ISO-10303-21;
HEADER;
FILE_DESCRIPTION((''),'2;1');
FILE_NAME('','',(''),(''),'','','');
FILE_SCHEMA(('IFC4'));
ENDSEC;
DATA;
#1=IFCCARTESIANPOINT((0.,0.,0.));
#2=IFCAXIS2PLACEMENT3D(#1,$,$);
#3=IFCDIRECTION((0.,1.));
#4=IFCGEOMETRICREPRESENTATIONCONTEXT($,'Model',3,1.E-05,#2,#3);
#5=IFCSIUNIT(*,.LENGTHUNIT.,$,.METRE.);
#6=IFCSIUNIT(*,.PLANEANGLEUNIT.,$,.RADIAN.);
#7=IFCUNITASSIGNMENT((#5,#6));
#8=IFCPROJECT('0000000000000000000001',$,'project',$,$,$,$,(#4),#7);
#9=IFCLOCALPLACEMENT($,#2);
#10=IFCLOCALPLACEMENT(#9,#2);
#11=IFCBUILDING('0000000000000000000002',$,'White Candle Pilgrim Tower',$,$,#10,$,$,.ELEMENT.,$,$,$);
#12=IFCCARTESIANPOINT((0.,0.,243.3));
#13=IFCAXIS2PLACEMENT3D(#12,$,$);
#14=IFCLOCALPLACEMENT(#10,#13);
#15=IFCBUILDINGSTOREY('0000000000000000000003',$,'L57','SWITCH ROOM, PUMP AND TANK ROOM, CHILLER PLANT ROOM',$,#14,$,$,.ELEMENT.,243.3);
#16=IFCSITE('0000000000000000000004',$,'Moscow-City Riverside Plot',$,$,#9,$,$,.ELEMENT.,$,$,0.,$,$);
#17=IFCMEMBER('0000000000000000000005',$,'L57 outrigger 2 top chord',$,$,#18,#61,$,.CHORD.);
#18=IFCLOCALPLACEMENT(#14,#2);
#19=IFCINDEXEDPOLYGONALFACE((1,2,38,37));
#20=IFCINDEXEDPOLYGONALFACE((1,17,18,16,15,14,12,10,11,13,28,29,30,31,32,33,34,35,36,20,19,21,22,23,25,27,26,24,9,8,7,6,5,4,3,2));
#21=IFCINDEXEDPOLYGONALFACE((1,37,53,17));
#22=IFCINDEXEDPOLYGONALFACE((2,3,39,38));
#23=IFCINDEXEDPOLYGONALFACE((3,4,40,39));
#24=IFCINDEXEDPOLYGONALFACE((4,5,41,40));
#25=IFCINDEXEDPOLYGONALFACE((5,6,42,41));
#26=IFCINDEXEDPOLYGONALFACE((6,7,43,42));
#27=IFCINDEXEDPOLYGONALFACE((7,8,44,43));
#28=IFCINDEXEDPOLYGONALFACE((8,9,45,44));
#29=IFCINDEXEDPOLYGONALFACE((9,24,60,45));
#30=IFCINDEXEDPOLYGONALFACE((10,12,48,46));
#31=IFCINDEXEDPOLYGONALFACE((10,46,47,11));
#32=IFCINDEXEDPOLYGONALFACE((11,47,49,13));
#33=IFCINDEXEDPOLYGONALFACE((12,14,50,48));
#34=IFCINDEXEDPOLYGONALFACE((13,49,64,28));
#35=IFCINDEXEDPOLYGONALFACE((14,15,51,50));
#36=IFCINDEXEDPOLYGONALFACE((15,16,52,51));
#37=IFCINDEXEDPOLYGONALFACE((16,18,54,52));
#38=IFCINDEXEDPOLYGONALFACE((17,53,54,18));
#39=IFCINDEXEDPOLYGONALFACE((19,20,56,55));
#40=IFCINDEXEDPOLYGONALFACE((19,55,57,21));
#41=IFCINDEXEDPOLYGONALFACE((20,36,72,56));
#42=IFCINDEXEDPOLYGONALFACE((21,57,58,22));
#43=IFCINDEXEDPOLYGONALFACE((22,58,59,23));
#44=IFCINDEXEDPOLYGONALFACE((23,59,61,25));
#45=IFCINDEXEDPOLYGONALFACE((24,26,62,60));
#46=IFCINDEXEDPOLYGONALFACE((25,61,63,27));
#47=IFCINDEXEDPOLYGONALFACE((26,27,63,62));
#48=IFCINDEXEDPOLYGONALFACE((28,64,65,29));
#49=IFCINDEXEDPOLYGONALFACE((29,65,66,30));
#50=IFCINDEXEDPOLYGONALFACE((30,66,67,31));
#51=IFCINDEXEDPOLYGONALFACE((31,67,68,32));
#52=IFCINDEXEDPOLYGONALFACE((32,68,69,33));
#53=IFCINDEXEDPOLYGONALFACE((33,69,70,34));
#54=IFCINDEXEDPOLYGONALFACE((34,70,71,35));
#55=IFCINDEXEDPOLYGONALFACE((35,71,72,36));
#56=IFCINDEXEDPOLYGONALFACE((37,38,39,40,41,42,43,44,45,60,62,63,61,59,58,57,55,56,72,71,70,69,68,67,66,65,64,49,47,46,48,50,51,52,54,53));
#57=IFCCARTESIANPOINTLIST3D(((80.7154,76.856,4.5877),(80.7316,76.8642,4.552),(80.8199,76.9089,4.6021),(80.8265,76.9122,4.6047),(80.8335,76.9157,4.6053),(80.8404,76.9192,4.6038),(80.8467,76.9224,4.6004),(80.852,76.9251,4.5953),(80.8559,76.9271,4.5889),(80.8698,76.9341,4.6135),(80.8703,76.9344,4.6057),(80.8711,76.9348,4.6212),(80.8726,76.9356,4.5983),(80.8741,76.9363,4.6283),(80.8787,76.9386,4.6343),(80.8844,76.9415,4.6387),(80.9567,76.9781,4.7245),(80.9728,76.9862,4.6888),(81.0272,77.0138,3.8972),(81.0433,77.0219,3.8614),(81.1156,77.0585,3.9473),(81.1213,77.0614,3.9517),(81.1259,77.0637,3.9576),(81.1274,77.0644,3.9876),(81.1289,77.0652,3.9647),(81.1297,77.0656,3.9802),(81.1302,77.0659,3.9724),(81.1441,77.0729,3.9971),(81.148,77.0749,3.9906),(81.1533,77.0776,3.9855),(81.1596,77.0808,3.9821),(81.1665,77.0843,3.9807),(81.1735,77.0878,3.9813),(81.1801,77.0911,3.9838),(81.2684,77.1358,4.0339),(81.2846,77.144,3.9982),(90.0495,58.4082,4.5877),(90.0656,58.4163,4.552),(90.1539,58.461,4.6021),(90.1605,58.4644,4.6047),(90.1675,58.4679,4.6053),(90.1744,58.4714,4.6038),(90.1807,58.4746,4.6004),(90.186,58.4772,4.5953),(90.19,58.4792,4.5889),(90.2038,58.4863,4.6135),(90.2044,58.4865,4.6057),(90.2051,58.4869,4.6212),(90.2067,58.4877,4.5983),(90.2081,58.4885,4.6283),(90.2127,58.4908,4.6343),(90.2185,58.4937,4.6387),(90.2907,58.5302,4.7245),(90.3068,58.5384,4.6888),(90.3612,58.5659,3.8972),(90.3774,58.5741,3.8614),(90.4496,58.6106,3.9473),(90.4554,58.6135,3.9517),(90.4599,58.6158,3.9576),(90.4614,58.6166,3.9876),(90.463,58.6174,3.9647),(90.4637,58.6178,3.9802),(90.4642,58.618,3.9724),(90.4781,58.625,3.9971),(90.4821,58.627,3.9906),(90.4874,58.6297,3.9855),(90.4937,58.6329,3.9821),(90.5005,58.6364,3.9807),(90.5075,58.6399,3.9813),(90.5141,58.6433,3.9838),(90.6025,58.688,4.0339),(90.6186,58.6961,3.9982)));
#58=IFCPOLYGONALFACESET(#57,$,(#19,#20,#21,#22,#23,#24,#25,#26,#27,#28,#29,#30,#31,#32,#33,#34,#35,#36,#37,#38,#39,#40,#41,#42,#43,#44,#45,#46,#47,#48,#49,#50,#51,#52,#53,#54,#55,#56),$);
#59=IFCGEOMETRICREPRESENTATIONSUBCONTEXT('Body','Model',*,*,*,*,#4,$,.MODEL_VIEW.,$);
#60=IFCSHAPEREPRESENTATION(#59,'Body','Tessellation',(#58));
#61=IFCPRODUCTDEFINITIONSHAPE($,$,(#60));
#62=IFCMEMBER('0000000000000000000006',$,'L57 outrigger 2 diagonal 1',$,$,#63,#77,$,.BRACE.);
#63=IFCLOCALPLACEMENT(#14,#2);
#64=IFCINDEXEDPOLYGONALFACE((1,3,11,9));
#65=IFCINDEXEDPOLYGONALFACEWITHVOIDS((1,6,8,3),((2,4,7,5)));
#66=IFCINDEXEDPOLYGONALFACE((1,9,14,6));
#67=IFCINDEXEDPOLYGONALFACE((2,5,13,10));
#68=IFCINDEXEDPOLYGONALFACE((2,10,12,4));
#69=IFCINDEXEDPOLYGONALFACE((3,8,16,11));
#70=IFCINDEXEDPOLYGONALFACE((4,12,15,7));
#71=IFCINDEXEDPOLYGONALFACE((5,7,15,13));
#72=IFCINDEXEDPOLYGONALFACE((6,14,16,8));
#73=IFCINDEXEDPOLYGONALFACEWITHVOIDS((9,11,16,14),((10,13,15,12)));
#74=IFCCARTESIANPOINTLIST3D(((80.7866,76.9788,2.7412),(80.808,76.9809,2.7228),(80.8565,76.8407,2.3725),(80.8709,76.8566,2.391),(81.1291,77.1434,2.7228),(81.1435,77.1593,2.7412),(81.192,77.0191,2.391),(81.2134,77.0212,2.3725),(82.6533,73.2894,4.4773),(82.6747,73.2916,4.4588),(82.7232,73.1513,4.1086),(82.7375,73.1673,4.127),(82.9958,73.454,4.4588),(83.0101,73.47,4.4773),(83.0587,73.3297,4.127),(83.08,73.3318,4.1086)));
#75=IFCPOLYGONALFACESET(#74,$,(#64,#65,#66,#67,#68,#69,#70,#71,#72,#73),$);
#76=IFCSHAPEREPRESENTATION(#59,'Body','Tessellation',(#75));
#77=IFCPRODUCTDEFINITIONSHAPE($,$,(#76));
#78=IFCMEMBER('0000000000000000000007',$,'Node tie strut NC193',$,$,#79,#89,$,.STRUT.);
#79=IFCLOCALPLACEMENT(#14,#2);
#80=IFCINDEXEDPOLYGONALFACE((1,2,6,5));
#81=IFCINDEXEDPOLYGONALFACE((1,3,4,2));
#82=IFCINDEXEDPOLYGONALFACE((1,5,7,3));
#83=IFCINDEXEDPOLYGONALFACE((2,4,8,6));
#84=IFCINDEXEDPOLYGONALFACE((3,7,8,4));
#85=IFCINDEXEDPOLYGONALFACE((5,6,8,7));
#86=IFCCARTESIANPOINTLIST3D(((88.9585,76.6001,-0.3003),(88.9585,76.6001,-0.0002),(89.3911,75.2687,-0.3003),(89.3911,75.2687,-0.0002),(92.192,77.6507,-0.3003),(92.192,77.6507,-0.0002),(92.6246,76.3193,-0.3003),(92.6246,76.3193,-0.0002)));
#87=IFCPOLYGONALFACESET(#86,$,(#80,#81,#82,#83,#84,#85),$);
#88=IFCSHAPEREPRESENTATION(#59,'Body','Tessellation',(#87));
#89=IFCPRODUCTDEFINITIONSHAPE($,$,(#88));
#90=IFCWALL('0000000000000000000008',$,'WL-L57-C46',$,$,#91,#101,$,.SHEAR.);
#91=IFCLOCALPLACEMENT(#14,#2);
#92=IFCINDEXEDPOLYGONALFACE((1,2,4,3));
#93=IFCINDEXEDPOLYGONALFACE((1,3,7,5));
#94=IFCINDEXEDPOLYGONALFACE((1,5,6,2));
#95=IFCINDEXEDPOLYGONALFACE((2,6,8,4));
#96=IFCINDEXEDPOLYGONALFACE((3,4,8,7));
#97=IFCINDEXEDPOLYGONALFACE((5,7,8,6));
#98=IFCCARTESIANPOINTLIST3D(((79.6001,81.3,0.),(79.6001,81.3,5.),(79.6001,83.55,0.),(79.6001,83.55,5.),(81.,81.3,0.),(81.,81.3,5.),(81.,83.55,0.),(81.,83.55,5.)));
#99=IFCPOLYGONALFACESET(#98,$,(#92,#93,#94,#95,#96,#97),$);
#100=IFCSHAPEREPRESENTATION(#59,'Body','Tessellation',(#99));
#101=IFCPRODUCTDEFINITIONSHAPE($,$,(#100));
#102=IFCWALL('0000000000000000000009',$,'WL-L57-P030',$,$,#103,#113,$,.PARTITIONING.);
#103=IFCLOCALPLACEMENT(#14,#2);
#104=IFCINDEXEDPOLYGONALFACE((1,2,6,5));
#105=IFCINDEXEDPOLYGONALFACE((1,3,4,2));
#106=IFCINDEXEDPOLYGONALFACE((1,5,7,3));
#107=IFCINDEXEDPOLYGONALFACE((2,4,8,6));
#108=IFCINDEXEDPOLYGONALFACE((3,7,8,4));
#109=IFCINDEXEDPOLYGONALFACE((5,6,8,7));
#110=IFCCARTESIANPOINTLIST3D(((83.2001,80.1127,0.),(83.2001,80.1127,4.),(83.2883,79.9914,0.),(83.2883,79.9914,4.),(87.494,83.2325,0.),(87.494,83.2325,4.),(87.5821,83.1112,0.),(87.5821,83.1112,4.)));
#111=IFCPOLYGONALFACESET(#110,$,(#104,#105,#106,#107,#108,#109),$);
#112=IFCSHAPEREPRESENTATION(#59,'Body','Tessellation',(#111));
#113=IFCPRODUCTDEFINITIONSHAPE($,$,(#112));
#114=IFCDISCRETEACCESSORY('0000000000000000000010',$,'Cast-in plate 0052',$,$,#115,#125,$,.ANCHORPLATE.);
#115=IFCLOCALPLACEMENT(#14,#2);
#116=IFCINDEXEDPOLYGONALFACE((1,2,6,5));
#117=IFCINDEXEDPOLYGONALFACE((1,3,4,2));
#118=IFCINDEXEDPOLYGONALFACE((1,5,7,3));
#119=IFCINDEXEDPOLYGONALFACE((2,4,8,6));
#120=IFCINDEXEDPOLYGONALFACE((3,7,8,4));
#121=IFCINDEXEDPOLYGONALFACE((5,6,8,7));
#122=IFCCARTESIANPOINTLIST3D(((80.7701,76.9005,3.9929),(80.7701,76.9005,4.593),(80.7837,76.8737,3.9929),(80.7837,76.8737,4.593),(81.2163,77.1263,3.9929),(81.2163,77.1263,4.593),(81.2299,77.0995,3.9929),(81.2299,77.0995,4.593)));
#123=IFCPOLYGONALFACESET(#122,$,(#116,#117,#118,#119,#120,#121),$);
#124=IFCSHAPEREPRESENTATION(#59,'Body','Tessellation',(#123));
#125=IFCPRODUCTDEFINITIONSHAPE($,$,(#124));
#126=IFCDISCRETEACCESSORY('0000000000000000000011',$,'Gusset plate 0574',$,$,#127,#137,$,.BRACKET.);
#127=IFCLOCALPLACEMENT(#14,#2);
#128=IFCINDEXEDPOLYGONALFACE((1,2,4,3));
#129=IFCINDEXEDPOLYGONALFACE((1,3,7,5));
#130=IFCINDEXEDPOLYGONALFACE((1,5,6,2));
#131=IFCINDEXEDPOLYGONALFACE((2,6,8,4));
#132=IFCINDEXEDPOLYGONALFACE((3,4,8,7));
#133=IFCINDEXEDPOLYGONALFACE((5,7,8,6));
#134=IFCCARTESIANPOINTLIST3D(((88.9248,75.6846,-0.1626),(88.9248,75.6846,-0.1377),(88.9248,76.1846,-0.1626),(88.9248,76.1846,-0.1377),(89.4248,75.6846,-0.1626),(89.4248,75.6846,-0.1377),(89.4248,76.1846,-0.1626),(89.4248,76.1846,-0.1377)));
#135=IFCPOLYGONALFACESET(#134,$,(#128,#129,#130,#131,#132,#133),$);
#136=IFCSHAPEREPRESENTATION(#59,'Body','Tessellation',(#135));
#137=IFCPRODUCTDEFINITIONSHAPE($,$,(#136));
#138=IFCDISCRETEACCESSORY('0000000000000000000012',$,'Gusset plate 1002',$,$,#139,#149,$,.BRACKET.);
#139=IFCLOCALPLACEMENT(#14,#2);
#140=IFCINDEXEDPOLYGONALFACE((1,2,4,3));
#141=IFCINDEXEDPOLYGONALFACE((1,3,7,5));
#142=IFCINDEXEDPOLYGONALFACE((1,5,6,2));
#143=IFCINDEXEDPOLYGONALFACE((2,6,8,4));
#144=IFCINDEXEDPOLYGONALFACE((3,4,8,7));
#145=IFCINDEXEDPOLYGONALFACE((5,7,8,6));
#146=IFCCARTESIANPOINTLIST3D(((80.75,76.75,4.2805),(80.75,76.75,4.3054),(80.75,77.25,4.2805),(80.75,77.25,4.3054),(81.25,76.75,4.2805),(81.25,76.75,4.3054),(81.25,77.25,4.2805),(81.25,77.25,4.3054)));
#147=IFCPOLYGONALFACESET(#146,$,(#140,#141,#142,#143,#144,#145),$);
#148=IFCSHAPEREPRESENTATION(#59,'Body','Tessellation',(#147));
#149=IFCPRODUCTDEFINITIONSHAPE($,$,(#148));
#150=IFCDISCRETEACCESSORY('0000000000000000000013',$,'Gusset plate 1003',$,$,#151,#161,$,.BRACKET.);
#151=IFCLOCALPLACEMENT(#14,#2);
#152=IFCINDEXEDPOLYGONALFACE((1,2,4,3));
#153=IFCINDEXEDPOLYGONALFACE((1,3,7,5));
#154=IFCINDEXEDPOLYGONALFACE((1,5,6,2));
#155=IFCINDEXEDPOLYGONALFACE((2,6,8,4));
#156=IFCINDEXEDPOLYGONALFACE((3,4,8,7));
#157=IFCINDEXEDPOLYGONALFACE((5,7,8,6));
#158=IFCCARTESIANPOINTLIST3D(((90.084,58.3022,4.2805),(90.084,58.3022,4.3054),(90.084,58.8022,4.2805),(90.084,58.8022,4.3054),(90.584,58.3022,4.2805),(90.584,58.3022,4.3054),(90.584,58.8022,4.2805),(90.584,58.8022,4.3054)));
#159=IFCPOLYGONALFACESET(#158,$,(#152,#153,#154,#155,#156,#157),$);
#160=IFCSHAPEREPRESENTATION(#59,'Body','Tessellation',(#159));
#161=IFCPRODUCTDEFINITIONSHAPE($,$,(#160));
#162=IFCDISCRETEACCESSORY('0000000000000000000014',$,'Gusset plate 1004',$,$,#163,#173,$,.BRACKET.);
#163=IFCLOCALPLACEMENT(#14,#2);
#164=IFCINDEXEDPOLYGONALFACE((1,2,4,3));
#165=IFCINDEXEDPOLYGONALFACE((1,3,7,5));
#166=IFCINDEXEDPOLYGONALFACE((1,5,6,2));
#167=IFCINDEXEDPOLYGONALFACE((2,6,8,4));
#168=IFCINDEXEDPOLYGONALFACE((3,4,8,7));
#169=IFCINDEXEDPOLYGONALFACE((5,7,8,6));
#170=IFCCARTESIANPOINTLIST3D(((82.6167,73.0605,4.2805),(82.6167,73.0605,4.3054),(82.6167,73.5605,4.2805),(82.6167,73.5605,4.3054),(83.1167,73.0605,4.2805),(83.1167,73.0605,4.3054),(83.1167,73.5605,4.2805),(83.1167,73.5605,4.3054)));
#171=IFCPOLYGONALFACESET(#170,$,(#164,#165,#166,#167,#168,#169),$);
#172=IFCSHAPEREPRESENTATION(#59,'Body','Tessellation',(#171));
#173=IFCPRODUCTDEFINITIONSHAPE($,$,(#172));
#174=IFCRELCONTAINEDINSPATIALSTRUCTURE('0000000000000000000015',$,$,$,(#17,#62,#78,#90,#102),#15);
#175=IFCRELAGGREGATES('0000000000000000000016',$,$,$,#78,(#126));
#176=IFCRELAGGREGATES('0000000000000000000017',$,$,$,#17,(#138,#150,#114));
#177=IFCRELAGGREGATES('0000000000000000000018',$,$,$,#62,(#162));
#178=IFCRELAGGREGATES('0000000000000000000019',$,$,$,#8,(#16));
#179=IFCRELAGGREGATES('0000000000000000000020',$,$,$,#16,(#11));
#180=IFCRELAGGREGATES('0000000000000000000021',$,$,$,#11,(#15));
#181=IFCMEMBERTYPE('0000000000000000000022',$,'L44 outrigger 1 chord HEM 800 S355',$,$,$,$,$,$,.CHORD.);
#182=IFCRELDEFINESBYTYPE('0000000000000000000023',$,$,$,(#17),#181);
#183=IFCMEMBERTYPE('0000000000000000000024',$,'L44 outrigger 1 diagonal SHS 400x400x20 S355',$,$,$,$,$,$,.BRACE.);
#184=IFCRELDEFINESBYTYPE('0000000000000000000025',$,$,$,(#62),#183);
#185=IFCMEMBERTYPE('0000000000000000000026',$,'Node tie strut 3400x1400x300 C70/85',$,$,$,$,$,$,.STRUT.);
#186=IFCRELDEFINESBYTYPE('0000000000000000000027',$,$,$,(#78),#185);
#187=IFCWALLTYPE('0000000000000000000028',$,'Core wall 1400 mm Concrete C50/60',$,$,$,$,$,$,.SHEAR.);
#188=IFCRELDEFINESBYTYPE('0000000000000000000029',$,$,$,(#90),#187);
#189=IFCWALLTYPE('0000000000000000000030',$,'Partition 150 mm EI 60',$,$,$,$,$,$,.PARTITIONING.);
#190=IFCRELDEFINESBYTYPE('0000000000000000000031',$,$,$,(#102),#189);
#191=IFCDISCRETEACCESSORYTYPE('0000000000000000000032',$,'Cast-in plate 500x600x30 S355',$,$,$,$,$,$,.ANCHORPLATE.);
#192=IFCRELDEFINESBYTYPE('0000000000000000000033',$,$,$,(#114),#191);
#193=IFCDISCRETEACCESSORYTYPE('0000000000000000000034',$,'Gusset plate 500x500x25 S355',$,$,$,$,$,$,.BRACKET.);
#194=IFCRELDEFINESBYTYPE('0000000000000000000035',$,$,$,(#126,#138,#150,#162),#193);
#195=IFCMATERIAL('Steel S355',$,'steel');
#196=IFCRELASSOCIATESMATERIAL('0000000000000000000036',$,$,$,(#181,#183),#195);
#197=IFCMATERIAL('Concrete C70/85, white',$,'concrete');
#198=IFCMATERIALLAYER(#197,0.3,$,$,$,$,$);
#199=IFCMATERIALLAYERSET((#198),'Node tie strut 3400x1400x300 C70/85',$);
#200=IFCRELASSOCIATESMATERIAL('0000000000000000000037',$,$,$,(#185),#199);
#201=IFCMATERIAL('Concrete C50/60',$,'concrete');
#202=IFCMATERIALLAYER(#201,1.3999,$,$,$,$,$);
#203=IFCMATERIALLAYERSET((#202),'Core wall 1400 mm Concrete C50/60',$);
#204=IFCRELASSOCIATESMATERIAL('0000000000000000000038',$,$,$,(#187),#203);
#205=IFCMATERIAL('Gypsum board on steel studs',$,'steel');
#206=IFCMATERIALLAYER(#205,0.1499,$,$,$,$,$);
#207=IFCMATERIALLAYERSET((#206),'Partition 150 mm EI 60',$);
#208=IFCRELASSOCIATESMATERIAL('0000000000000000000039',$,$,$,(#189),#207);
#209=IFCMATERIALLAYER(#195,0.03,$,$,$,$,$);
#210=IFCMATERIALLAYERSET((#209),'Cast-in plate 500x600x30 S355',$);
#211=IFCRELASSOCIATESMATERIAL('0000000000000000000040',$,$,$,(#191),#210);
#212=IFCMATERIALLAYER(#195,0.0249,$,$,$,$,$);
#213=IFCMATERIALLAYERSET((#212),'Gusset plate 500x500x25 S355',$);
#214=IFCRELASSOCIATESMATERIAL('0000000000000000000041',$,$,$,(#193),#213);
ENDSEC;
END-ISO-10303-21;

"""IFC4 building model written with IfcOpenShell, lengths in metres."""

from ifc_helpers import new_model, si_unit, direction, frame, frame_2d, origin, origin_2d, place, context, subcontext, project, spatial, rectangle, hollow_rectangle, i_section, extrude, material, layer, layer_set, material_profile, profile_set, type_object, element, aggregate, save


model = new_model("IFC4")

# Units and contexts
model_context = context("Model", 3, precision=1e-05, world=origin(), true_north=direction((0.0, 1.0)))
body_context = subcontext(model_context, "Body", "Model", "MODEL_VIEW")
ifc_project = project(units=[si_unit("LENGTHUNIT", "METRE"), si_unit("PLANEANGLEUNIT", "RADIAN")], contexts=[model_context])

# Site, building, storey
site_placement = place(None, origin())
site = spatial("IfcSite", under=ifc_project, at=site_placement, Name="Moscow-City Riverside Plot", CompositionType="ELEMENT", RefElevation=0.0)
building_placement = place(site_placement, origin())
building = spatial("IfcBuilding", under=site, at=building_placement, Name="White Candle Pilgrim Tower", CompositionType="ELEMENT")
storey_placement = place(building_placement, frame((0.0, 0.0, 243.3)))
storey = spatial("IfcBuildingStorey", under=building, at=storey_placement, Name="L57", Description="SWITCH ROOM, PUMP AND TANK ROOM, CHILLER PLANT ROOM", CompositionType="ELEMENT", Elevation=243.3)

# Members
ifc_material_1 = material(Name="Steel S355", Category="steel")
ifc_material_profile_1 = material_profile(ifc_material_1, i_section(OverallWidth=0.303, OverallDepth=0.814, WebThickness=0.021, FlangeThickness=0.04, FilletRadius=0.03, at=origin_2d()), Name="HEM 800")
ifc_profile_set_1 = profile_set([ifc_material_profile_1], Name="Steel S355")
member_type_1 = type_object("IfcMemberType", Name="L44 outrigger 1 chord HEM 800 S355", PredefinedType="CHORD", material=ifc_profile_set_1)
member_1_placement = place(storey_placement, frame((81.0, 77.0, 4.293), z_axis=(0.451469, -0.892287, 0.0), x_axis=(0.796173, 0.402839, 0.451475)))
member_1 = element("IfcMember", 1, at=member_1_placement, inside=storey, type_object=member_type_1, Name="L57 outrigger 2 top chord", PredefinedType="CHORD", context=body_context, shape_type="SweptSolid", body=[
    extrude(i_section(OverallWidth=0.303, OverallDepth=0.814, WebThickness=0.021, FlangeThickness=0.04, FilletRadius=0.03, at=origin_2d()), origin(), (0.0, 0.0, 1.0), 20.6748),
])
ifc_material_profile_2 = material_profile(ifc_material_1, hollow_rectangle(XDim=0.3999, YDim=0.3999, WallThickness=0.02, at=origin_2d()), Name="SHS 400x400x20")
ifc_profile_set_2 = profile_set([ifc_material_profile_2], Name="Steel S355")
member_type_2 = type_object("IfcMemberType", Name="L44 outrigger 1 diagonal SHS 400x400x20 S355", PredefinedType="BRACE", material=ifc_profile_set_2)
member_2_placement = place(storey_placement, frame((81.0, 77.0, 2.5569), z_axis=(0.416257, -0.822715, 0.387131), x_axis=(0.892291, 0.45146, 0.0)))
member_2 = element("IfcMember", 2, at=member_2_placement, inside=storey, type_object=member_type_2, Name="L57 outrigger 2 diagonal 1", PredefinedType="BRACE", context=body_context, shape_type="SweptSolid", body=[
    extrude(hollow_rectangle(XDim=0.3999, YDim=0.3999, WallThickness=0.02, at=origin_2d()), origin(), (0.0, 0.0, 1.0), 4.4844),
])
ifc_material_2 = material(Name="Concrete C70/85, white", Category="concrete")
ifc_layer_1 = layer(ifc_material_2, 0.3)
ifc_layer_set_1 = layer_set([ifc_layer_1], Name="Node tie strut 3400x1400x300 C70/85")
member_type_3 = type_object("IfcMemberType", Name="Node tie strut 3400x1400x300 C70/85", PredefinedType="STRUT", material=ifc_layer_set_1)
member_3_placement = place(storey_placement, frame((90.7915, 76.4597, -0.3003), z_axis=(0.0, 0.0, 1.0), x_axis=(-0.309017, 0.951057, 0.0)))
member_3 = element("IfcMember", 3, at=member_3_placement, inside=storey, type_object=member_type_3, Name="Node tie strut NC193", PredefinedType="STRUT", context=body_context, shape_type="SweptSolid", body=[
    extrude(rectangle(XDim=1.3999, YDim=3.3999, at=origin_2d()), origin(), (0.0, 0.0, 1.0), 0.3),
])

# Walls
ifc_material_3 = material(Name="Concrete C50/60", Category="concrete")
ifc_layer_2 = layer(ifc_material_3, 1.3999)
ifc_layer_set_2 = layer_set([ifc_layer_2], Name="Core wall 1400 mm Concrete C50/60")
wall_type_1 = type_object("IfcWallType", Name="Core wall 1400 mm Concrete C50/60", PredefinedType="SHEAR", material=ifc_layer_set_2)
wall_1_placement = place(storey_placement, frame((80.3, 81.3, 0.0), z_axis=(0.0, 0.0, 1.0), x_axis=(0.0, 1.0, 0.0)))
element("IfcWall", 4, at=wall_1_placement, inside=storey, type_object=wall_type_1, Name="WL-L57-C46", PredefinedType="SHEAR", context=body_context, shape_type="SweptSolid", body=[
    extrude(rectangle(XDim=2.25, YDim=1.3999, at=frame_2d((1.125, 0.0))), origin(), (0.0, 0.0, 1.0), 5.0),
])
ifc_material_4 = material(Name="Gypsum board on steel studs", Category="steel")
ifc_layer_3 = layer(ifc_material_4, 0.1499)
ifc_layer_set_3 = layer_set([ifc_layer_3], Name="Partition 150 mm EI 60")
wall_type_2 = type_object("IfcWallType", Name="Partition 150 mm EI 60", PredefinedType="PARTITIONING", material=ifc_layer_set_3)
wall_2_placement = place(storey_placement, frame((87.5381, 83.1719, 0.0), z_axis=(0.0, 0.0, 1.0), x_axis=(-0.809005, -0.587802, 0.0)))
element("IfcWall", 5, at=wall_2_placement, inside=storey, type_object=wall_type_2, Name="WL-L57-P030", PredefinedType="PARTITIONING", context=body_context, shape_type="SweptSolid", body=[
    extrude(rectangle(XDim=5.3076, YDim=0.1499, at=frame_2d((2.6538, 0.0))), origin(), (0.0, 0.0, 1.0), 4.0),
])

# Discrete accessories
ifc_layer_4 = layer(ifc_material_1, 0.03)
ifc_layer_set_4 = layer_set([ifc_layer_4], Name="Cast-in plate 500x600x30 S355")
discrete_accessory_type_1 = type_object("IfcDiscreteAccessoryType", Name="Cast-in plate 500x600x30 S355", PredefinedType="ANCHORPLATE", material=ifc_layer_set_4)
discrete_accessory_1_placement = place(storey_placement, frame((81.0, 77.0, 3.9929), z_axis=(0.0, 0.0, 1.0), x_axis=(0.451469, -0.892287, 0.0)))
discrete_accessory_1 = element("IfcDiscreteAccessory", 6, at=discrete_accessory_1_placement, type_object=discrete_accessory_type_1, Name="Cast-in plate 0052", PredefinedType="ANCHORPLATE", context=body_context, shape_type="SweptSolid", body=[
    extrude(rectangle(XDim=0.03, YDim=0.5, at=origin_2d()), origin(), (0.0, 0.0, 1.0), 0.6001),
])
ifc_layer_5 = layer(ifc_material_1, 0.0249)
ifc_layer_set_5 = layer_set([ifc_layer_5], Name="Gusset plate 500x500x25 S355")
discrete_accessory_type_2 = type_object("IfcDiscreteAccessoryType", Name="Gusset plate 500x500x25 S355", PredefinedType="BRACKET", material=ifc_layer_set_5)
discrete_accessory_2_placement = place(storey_placement, frame((89.1748, 75.9346, -0.1626), z_axis=(0.0, 0.0, 1.0), x_axis=(1.0, 0.0, 0.0)))
discrete_accessory_2 = element("IfcDiscreteAccessory", 7, at=discrete_accessory_2_placement, type_object=discrete_accessory_type_2, Name="Gusset plate 0574", PredefinedType="BRACKET", context=body_context, shape_type="SweptSolid", body=[
    extrude(rectangle(XDim=0.5, YDim=0.5, at=origin_2d()), origin(), (0.0, 0.0, 1.0), 0.0249),
])
aggregate(member_3, [discrete_accessory_2])
discrete_accessory_3_placement = place(storey_placement, frame((81.0, 77.0, 4.2805), z_axis=(0.0, 0.0, 1.0), x_axis=(1.0, 0.0, 0.0)))
discrete_accessory_3 = element("IfcDiscreteAccessory", 8, at=discrete_accessory_3_placement, type_object=discrete_accessory_type_2, Name="Gusset plate 1002", PredefinedType="BRACKET", context=body_context, shape_type="SweptSolid", body=[
    extrude(rectangle(XDim=0.5, YDim=0.5, at=origin_2d()), origin(), (0.0, 0.0, 1.0), 0.0249),
])
discrete_accessory_4_placement = place(storey_placement, frame((90.334, 58.5522, 4.2805), z_axis=(0.0, 0.0, 1.0), x_axis=(1.0, 0.0, 0.0)))
discrete_accessory_4 = element("IfcDiscreteAccessory", 9, at=discrete_accessory_4_placement, type_object=discrete_accessory_type_2, Name="Gusset plate 1003", PredefinedType="BRACKET", context=body_context, shape_type="SweptSolid", body=[
    extrude(rectangle(XDim=0.5, YDim=0.5, at=origin_2d()), origin(), (0.0, 0.0, 1.0), 0.0249),
])
aggregate(member_1, [discrete_accessory_3, discrete_accessory_4, discrete_accessory_1])
discrete_accessory_5_placement = place(storey_placement, frame((82.8667, 73.3105, 4.2805), z_axis=(0.0, 0.0, 1.0), x_axis=(1.0, 0.0, 0.0)))
discrete_accessory_5 = element("IfcDiscreteAccessory", 10, at=discrete_accessory_5_placement, type_object=discrete_accessory_type_2, Name="Gusset plate 1004", PredefinedType="BRACKET", context=body_context, shape_type="SweptSolid", body=[
    extrude(rectangle(XDim=0.5, YDim=0.5, at=origin_2d()), origin(), (0.0, 0.0, 1.0), 0.0249),
])
aggregate(member_2, [discrete_accessory_5])

save(model, "model.ifc")
